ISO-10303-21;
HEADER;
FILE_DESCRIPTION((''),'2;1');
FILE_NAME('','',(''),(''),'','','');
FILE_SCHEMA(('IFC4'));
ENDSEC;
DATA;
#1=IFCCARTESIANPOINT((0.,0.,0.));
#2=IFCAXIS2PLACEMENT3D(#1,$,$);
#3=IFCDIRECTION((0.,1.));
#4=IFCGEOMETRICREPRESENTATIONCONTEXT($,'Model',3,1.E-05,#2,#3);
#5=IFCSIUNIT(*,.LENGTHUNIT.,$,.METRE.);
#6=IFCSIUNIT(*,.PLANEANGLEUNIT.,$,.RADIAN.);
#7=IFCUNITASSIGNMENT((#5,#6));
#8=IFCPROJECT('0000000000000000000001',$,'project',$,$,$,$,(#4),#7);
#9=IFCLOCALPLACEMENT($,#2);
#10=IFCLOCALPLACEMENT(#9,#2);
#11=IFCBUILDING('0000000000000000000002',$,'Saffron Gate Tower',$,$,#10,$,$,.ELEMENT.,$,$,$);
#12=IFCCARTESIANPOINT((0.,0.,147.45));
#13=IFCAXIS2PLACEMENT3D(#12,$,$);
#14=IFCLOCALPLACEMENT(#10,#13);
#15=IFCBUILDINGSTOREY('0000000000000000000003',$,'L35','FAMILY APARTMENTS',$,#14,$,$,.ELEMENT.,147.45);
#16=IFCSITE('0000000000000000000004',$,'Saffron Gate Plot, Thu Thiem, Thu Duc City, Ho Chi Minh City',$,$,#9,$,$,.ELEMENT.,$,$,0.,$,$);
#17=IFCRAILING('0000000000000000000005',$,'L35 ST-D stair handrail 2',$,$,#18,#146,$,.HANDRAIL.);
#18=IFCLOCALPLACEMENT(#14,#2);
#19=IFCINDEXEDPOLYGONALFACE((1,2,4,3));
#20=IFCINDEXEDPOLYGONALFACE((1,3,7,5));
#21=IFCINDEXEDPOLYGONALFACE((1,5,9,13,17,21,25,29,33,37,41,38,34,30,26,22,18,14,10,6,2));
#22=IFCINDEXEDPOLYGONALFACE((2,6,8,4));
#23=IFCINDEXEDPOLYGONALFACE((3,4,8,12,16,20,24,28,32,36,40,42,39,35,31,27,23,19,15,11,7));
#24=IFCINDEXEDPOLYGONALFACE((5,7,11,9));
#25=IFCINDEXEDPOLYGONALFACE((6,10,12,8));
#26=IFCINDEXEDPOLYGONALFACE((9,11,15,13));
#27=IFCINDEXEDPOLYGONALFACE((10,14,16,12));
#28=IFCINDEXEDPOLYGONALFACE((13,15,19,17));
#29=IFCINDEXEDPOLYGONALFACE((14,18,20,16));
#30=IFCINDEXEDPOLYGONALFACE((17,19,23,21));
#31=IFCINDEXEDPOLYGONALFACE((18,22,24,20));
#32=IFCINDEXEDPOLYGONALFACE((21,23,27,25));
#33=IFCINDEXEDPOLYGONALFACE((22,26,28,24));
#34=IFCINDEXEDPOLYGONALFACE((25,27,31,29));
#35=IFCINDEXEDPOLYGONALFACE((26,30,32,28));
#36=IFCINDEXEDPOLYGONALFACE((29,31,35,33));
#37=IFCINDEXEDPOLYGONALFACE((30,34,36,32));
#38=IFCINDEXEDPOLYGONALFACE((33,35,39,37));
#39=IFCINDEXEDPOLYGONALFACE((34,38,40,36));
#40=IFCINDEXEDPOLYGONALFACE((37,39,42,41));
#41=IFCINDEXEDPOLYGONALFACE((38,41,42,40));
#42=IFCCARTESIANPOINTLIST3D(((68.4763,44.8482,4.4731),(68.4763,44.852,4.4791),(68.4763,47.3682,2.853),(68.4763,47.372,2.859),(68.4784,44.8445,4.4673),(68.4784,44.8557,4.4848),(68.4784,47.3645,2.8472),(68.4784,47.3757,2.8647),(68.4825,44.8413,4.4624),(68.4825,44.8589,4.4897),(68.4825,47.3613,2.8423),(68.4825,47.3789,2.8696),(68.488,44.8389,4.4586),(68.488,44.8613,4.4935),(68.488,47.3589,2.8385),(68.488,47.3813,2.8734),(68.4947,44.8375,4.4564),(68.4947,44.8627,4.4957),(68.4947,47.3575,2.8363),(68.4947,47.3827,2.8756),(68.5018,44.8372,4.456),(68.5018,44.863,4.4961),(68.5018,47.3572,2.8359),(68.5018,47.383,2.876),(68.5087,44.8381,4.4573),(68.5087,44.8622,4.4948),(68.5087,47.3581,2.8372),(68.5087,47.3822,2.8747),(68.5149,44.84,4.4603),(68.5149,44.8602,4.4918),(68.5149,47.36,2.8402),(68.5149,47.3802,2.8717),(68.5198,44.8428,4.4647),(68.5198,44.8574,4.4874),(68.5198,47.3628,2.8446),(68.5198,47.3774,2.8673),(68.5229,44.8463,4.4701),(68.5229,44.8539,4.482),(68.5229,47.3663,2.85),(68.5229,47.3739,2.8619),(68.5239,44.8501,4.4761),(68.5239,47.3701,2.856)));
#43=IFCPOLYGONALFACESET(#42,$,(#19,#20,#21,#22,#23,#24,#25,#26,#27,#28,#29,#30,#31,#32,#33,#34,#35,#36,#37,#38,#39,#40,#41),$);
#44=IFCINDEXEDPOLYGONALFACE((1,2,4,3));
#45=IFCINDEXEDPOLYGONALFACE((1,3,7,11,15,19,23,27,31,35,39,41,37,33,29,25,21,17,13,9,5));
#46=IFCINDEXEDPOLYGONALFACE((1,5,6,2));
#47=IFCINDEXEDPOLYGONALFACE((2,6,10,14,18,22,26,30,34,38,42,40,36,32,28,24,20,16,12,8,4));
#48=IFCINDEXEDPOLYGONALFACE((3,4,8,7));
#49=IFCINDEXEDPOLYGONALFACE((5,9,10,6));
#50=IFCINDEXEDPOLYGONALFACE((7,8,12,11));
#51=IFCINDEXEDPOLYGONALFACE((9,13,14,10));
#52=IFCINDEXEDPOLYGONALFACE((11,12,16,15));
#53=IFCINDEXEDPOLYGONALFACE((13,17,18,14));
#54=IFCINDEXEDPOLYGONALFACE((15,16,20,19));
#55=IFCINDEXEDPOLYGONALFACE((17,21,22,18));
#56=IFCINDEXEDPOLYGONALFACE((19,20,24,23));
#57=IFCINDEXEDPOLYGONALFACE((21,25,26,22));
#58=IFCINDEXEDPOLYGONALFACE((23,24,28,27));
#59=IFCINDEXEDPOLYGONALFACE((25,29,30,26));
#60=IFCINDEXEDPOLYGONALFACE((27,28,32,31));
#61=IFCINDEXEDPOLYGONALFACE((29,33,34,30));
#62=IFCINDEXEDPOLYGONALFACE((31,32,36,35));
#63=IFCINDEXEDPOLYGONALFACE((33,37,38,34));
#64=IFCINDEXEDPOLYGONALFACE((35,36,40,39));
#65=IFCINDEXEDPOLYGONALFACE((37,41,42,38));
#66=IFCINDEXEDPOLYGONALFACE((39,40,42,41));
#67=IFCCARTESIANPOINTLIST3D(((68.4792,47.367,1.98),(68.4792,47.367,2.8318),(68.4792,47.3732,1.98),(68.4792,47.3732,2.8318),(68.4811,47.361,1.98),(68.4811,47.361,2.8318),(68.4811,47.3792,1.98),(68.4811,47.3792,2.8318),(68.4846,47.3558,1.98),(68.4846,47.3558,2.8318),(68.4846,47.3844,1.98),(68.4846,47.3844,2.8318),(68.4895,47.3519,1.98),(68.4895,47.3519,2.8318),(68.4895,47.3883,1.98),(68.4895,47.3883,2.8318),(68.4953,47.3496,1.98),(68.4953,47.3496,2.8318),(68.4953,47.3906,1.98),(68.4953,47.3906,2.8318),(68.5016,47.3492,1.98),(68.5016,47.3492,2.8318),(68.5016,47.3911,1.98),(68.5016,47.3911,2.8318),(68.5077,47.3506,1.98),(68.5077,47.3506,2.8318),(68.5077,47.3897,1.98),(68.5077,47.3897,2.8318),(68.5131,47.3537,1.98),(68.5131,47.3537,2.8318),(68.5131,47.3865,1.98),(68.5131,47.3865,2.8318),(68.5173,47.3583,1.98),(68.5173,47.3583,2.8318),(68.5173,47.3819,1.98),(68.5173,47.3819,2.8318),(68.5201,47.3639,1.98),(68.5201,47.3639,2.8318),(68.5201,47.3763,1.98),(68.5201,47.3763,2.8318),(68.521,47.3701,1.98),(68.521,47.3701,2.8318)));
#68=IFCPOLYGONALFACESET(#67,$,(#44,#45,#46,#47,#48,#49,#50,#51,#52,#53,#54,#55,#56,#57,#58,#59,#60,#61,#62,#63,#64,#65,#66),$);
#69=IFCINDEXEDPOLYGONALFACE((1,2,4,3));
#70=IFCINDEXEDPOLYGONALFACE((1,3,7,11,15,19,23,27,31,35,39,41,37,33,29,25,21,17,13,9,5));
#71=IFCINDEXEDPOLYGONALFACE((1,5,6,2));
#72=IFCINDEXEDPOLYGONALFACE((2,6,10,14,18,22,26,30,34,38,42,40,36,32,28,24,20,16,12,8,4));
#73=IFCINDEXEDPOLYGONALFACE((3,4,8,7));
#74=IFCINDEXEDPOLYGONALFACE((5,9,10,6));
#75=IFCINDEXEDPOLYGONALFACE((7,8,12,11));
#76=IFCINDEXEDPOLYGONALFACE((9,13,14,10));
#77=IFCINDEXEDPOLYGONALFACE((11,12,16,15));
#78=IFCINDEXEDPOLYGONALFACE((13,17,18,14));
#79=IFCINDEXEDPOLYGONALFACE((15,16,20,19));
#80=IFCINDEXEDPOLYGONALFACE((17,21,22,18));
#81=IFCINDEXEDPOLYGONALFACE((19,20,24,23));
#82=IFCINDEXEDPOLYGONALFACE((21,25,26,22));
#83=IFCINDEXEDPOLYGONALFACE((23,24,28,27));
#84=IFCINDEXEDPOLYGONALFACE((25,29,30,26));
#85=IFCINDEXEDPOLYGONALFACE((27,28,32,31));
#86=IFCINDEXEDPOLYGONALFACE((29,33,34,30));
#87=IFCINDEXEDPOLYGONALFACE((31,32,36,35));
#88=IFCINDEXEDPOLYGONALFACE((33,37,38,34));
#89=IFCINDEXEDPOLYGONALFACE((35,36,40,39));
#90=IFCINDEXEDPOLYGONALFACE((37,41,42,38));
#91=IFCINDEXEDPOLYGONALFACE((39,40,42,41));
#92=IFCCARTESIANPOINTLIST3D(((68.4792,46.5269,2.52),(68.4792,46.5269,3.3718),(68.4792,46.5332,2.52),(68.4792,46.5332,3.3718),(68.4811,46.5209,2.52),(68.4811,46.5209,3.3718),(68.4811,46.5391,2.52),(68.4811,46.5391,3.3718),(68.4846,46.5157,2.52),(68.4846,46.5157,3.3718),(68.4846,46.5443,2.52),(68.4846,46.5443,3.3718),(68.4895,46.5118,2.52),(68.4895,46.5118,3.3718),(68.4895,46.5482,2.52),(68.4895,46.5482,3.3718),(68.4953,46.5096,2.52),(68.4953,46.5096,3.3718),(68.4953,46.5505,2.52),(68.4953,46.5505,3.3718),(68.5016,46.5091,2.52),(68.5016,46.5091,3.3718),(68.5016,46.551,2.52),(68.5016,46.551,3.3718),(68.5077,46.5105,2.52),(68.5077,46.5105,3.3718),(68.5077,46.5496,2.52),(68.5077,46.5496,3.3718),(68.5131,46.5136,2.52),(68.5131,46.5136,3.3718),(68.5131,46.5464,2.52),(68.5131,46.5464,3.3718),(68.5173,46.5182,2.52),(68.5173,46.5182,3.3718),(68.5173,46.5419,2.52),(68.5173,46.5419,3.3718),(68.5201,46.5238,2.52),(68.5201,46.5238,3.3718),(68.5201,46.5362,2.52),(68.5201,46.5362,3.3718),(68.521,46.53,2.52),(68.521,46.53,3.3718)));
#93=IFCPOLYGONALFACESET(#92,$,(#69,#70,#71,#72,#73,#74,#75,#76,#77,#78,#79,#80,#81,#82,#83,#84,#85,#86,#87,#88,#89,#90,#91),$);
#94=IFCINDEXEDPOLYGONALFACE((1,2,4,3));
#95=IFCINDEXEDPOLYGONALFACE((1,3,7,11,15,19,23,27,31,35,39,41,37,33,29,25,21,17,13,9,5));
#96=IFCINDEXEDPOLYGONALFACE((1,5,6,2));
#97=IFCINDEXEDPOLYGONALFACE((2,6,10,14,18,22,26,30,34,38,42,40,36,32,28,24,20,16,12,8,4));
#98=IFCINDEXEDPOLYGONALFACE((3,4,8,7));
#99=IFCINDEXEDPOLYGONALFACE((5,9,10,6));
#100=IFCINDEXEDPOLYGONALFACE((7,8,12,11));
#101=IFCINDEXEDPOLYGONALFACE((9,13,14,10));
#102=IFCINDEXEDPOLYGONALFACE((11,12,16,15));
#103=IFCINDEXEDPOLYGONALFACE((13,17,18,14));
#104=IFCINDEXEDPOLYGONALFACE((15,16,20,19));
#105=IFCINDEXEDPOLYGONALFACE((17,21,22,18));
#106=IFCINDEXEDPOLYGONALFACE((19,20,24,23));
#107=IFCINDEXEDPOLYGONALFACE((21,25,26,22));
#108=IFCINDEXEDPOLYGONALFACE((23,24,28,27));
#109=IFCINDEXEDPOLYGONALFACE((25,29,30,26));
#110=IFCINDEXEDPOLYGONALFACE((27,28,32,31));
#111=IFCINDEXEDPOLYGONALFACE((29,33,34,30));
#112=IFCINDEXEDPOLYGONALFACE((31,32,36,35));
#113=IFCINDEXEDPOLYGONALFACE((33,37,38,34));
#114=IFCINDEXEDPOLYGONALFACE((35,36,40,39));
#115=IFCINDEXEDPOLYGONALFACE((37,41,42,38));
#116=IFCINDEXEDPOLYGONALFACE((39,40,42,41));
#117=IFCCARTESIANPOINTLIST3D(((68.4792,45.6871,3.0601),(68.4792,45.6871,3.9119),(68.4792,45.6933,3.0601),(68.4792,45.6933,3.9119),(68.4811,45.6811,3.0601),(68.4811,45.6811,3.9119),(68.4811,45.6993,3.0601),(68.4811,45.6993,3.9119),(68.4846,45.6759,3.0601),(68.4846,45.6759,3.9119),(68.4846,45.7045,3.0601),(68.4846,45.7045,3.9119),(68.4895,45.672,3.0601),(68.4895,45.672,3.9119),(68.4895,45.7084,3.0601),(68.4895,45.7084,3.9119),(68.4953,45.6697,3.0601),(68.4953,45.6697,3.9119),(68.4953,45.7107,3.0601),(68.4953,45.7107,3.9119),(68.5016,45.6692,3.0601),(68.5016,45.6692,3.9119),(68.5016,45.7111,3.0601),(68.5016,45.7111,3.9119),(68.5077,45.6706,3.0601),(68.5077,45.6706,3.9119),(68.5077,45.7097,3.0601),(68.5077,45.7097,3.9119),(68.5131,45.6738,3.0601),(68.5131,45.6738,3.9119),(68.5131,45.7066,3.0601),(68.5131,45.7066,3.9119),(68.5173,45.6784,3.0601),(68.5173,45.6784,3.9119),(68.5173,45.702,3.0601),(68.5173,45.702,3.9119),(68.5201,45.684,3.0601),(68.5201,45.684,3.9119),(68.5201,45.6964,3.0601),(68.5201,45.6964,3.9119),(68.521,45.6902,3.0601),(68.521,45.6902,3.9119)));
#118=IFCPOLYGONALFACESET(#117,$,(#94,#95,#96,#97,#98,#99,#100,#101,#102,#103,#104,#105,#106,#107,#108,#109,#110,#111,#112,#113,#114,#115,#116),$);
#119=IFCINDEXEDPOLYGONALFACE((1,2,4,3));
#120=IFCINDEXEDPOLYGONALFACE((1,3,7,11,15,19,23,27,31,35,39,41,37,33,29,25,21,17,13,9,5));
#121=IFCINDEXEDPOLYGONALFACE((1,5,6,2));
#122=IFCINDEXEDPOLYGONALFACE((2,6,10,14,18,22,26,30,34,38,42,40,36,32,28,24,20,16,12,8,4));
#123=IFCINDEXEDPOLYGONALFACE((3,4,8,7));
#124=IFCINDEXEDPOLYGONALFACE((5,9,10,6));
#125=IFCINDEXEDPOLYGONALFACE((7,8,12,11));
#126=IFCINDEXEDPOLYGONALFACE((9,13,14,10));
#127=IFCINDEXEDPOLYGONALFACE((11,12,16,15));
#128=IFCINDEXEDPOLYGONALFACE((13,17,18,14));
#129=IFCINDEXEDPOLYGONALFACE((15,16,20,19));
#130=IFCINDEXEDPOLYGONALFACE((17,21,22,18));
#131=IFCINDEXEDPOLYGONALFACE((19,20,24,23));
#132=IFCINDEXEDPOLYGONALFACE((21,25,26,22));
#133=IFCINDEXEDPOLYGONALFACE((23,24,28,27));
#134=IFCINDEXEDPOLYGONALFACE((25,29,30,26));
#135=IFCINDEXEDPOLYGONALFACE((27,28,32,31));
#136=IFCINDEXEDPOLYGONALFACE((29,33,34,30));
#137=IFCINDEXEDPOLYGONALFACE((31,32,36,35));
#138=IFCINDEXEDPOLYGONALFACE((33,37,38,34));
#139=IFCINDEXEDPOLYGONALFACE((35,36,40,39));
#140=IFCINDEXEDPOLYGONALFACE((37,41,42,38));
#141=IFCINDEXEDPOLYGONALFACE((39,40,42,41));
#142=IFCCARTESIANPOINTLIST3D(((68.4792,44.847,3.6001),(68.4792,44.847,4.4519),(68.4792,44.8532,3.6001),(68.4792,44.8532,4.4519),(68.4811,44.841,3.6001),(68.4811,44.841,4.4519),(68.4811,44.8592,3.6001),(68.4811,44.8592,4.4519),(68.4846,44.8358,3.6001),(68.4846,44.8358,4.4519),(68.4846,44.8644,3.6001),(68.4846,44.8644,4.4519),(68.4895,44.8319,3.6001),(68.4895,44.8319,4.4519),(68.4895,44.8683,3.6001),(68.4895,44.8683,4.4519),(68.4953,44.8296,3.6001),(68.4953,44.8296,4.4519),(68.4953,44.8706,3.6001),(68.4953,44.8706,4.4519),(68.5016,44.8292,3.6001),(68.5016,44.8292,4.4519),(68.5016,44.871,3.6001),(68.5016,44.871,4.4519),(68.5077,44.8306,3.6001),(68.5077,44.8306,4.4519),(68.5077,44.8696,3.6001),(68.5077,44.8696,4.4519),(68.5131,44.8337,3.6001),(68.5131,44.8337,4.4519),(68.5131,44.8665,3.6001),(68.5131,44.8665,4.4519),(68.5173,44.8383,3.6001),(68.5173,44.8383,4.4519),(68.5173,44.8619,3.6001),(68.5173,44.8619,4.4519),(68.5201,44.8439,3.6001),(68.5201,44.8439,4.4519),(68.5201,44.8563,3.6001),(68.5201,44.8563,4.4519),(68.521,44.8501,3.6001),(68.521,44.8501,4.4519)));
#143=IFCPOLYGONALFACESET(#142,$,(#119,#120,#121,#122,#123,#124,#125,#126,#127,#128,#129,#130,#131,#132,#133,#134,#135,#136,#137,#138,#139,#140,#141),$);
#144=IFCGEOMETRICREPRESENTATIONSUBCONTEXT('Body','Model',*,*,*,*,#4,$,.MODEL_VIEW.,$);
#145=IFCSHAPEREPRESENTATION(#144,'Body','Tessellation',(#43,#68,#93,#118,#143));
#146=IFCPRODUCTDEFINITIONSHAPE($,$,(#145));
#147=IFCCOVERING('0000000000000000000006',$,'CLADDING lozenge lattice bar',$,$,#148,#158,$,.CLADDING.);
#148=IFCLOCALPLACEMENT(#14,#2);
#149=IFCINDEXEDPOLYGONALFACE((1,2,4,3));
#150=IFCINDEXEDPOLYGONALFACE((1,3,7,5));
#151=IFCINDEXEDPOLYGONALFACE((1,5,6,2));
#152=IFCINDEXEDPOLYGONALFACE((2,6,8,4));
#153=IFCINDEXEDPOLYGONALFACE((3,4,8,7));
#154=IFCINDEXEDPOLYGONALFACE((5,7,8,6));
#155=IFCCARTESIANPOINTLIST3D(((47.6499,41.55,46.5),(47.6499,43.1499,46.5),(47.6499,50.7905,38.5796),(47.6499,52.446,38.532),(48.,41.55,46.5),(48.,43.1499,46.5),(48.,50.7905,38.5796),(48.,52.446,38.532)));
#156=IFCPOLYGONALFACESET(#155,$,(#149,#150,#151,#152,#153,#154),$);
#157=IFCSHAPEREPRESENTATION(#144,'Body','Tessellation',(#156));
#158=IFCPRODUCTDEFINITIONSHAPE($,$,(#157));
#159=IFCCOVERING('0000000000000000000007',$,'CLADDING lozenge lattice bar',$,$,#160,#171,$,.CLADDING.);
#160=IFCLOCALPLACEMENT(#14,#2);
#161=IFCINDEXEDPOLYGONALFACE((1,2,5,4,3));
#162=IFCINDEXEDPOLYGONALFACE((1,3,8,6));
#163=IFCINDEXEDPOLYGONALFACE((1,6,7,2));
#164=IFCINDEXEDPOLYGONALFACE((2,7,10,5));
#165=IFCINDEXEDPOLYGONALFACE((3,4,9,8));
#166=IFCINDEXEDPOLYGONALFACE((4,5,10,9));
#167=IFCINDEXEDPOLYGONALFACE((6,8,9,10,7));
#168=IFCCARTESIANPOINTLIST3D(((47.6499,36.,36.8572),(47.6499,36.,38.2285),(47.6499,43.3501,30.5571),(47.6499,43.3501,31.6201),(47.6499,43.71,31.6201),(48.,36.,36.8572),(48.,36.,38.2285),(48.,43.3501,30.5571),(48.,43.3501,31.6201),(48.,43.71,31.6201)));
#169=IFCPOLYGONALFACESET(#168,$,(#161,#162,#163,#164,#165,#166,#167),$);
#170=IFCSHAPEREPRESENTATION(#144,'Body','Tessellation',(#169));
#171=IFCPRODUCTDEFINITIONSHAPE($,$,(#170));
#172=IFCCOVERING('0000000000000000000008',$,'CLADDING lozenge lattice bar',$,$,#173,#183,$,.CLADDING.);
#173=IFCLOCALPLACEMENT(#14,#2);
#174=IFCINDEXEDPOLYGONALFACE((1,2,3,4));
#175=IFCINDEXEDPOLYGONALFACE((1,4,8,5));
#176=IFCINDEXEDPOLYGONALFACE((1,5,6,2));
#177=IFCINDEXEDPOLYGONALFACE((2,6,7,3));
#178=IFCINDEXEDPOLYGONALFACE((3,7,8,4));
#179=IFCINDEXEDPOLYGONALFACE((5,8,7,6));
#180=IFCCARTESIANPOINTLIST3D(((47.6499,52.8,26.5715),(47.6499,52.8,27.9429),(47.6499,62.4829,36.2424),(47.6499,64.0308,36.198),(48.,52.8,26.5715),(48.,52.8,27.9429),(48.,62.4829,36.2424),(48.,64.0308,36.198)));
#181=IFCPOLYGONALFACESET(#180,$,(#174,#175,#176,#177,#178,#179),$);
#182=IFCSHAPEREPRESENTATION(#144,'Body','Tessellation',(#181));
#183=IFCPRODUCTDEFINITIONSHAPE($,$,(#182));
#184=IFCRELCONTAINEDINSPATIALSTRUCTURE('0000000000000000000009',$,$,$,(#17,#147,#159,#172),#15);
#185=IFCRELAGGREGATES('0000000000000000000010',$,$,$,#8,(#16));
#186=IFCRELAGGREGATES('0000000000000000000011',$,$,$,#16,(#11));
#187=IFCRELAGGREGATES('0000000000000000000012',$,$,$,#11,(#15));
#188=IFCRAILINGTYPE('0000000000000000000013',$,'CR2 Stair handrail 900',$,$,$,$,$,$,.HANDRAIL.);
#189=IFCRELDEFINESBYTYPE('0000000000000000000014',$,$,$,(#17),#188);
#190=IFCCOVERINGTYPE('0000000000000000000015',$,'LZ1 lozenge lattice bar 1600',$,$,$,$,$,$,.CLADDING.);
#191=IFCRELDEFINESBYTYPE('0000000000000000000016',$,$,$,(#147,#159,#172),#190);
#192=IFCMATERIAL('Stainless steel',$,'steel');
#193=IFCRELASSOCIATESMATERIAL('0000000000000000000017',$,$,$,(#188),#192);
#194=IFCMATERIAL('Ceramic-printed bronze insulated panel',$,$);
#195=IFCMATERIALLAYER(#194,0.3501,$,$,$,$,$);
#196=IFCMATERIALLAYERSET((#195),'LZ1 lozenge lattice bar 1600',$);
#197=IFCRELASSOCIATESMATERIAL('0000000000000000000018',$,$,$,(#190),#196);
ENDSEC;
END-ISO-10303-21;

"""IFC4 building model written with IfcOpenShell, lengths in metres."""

from ifc_helpers import new_model, si_unit, direction, frame, origin, origin_2d, place, context, subcontext, project, spatial, polyline, circle, outline, extrude, material, layer, layer_set, type_object, element, save


model = new_model("IFC4")

# Units and contexts
model_context = context("Model", 3, precision=1e-05, world=origin(), true_north=direction((0.0, 1.0)))
body_context = subcontext(model_context, "Body", "Model", "MODEL_VIEW")
ifc_project = project(units=[si_unit("LENGTHUNIT", "METRE"), si_unit("PLANEANGLEUNIT", "RADIAN")], contexts=[model_context])

# Site, building, storey
site_placement = place(None, origin())
site = spatial("IfcSite", under=ifc_project, at=site_placement, Name="Saffron Gate Plot, Thu Thiem, Thu Duc City, Ho Chi Minh City", CompositionType="ELEMENT", RefElevation=0.0)
building_placement = place(site_placement, origin())
building = spatial("IfcBuilding", under=site, at=building_placement, Name="Saffron Gate Tower", CompositionType="ELEMENT")
storey_placement = place(building_placement, frame((0.0, 0.0, 147.45)))
storey = spatial("IfcBuildingStorey", under=building, at=storey_placement, Name="L35", Description="FAMILY APARTMENTS", CompositionType="ELEMENT", Elevation=147.45)

# Railing
ifc_material_1 = material(Name="Stainless steel", Category="steel")
railing_type = type_object("IfcRailingType", Name="CR2 Stair handrail 900", PredefinedType="HANDRAIL", material=ifc_material_1)
railing_1_placement = place(storey_placement, frame((68.5, 47.3701, 1.98)))
element("IfcRailing", 1, at=railing_1_placement, inside=storey, type_object=railing_type, Name="L35 ST-D stair handrail 2", PredefinedType="HANDRAIL", context=body_context, shape_type="SweptSolid", body=[
    extrude(circle(Radius=0.0239, at=origin_2d()), frame((0.0, 0.0, 0.876), z_axis=(0.0, -0.841163, 0.540782), x_axis=(1.0, 0.0, 0.0)), (0.0, 0.0, 1.0), 2.9958),
    extrude(circle(Radius=0.021, at=origin_2d()), origin(), (0.0, 0.0, 1.0), 0.8518),
    extrude(circle(Radius=0.021, at=origin_2d()), frame((0.0, -0.8401, 0.54)), (0.0, 0.0, 1.0), 0.8518),
    extrude(circle(Radius=0.021, at=origin_2d()), frame((0.0, -1.6799, 1.0801)), (0.0, 0.0, 1.0), 0.8518),
    extrude(circle(Radius=0.021, at=origin_2d()), frame((0.0, -2.52, 1.6201)), (0.0, 0.0, 1.0), 0.8518),
])

# Coverings
ifc_material_2 = material(Name="Ceramic-printed bronze insulated panel")
ifc_layer_1 = layer(ifc_material_2, 0.3501)
ifc_layer_set_1 = layer_set([ifc_layer_1], Name="LZ1 lozenge lattice bar 1600")
covering_type = type_object("IfcCoveringType", Name="LZ1 lozenge lattice bar 1600", PredefinedType="CLADDING", material=ifc_layer_set_1)
covering_1_placement = place(storey_placement, frame((47.6499, 52.446, 38.532), z_axis=(-1.0, 0.0, 0.0), x_axis=(0.0, -0.999587, 0.028745)))
element("IfcCovering", 2, at=covering_1_placement, inside=storey, type_object=covering_type, Name="CLADDING lozenge lattice bar", PredefinedType="CLADDING", context=body_context, shape_type="SweptSolid", body=[
    extrude(outline(polyline([(0.0, 0.0), (1.6562, 0.0), (11.1205, 7.6515), (9.5213, 7.6975), (0.0, 0.0)])), origin(), (0.0, 0.0, -1.0), 0.3501),
])
covering_2_placement = place(storey_placement, frame((47.6499, 43.71, 31.6201), z_axis=(-1.0, 0.0, 0.0), x_axis=(0.0, -1.0, 0.0)))
element("IfcCovering", 3, at=covering_2_placement, inside=storey, type_object=covering_type, Name="CLADDING lozenge lattice bar", PredefinedType="CLADDING", context=body_context, shape_type="SweptSolid", body=[
    extrude(outline(polyline([(0.0, 0.0), (0.3599, 0.0), (0.3599, -1.063), (7.71, 5.2371), (7.71, 6.6084), (0.0, 0.0)])), origin(), (0.0, 0.0, -1.0), 0.3501),
])
covering_3_placement = place(storey_placement, frame((47.6499, 52.8, 26.5715), z_axis=(-1.0, 0.0, 0.0), x_axis=(0.0, 0.0, 1.0)))
element("IfcCovering", 4, at=covering_3_placement, inside=storey, type_object=covering_type, Name="CLADDING lozenge lattice bar", PredefinedType="CLADDING", context=body_context, shape_type="SweptSolid", body=[
    extrude(outline(polyline([(0.0, 0.0), (1.3713, 0.0), (9.6709, 9.6829), (9.6265, 11.2307), (0.0, 0.0)])), origin(), (0.0, 0.0, -1.0), 0.3501),
])

save(model, "model.ifc")
